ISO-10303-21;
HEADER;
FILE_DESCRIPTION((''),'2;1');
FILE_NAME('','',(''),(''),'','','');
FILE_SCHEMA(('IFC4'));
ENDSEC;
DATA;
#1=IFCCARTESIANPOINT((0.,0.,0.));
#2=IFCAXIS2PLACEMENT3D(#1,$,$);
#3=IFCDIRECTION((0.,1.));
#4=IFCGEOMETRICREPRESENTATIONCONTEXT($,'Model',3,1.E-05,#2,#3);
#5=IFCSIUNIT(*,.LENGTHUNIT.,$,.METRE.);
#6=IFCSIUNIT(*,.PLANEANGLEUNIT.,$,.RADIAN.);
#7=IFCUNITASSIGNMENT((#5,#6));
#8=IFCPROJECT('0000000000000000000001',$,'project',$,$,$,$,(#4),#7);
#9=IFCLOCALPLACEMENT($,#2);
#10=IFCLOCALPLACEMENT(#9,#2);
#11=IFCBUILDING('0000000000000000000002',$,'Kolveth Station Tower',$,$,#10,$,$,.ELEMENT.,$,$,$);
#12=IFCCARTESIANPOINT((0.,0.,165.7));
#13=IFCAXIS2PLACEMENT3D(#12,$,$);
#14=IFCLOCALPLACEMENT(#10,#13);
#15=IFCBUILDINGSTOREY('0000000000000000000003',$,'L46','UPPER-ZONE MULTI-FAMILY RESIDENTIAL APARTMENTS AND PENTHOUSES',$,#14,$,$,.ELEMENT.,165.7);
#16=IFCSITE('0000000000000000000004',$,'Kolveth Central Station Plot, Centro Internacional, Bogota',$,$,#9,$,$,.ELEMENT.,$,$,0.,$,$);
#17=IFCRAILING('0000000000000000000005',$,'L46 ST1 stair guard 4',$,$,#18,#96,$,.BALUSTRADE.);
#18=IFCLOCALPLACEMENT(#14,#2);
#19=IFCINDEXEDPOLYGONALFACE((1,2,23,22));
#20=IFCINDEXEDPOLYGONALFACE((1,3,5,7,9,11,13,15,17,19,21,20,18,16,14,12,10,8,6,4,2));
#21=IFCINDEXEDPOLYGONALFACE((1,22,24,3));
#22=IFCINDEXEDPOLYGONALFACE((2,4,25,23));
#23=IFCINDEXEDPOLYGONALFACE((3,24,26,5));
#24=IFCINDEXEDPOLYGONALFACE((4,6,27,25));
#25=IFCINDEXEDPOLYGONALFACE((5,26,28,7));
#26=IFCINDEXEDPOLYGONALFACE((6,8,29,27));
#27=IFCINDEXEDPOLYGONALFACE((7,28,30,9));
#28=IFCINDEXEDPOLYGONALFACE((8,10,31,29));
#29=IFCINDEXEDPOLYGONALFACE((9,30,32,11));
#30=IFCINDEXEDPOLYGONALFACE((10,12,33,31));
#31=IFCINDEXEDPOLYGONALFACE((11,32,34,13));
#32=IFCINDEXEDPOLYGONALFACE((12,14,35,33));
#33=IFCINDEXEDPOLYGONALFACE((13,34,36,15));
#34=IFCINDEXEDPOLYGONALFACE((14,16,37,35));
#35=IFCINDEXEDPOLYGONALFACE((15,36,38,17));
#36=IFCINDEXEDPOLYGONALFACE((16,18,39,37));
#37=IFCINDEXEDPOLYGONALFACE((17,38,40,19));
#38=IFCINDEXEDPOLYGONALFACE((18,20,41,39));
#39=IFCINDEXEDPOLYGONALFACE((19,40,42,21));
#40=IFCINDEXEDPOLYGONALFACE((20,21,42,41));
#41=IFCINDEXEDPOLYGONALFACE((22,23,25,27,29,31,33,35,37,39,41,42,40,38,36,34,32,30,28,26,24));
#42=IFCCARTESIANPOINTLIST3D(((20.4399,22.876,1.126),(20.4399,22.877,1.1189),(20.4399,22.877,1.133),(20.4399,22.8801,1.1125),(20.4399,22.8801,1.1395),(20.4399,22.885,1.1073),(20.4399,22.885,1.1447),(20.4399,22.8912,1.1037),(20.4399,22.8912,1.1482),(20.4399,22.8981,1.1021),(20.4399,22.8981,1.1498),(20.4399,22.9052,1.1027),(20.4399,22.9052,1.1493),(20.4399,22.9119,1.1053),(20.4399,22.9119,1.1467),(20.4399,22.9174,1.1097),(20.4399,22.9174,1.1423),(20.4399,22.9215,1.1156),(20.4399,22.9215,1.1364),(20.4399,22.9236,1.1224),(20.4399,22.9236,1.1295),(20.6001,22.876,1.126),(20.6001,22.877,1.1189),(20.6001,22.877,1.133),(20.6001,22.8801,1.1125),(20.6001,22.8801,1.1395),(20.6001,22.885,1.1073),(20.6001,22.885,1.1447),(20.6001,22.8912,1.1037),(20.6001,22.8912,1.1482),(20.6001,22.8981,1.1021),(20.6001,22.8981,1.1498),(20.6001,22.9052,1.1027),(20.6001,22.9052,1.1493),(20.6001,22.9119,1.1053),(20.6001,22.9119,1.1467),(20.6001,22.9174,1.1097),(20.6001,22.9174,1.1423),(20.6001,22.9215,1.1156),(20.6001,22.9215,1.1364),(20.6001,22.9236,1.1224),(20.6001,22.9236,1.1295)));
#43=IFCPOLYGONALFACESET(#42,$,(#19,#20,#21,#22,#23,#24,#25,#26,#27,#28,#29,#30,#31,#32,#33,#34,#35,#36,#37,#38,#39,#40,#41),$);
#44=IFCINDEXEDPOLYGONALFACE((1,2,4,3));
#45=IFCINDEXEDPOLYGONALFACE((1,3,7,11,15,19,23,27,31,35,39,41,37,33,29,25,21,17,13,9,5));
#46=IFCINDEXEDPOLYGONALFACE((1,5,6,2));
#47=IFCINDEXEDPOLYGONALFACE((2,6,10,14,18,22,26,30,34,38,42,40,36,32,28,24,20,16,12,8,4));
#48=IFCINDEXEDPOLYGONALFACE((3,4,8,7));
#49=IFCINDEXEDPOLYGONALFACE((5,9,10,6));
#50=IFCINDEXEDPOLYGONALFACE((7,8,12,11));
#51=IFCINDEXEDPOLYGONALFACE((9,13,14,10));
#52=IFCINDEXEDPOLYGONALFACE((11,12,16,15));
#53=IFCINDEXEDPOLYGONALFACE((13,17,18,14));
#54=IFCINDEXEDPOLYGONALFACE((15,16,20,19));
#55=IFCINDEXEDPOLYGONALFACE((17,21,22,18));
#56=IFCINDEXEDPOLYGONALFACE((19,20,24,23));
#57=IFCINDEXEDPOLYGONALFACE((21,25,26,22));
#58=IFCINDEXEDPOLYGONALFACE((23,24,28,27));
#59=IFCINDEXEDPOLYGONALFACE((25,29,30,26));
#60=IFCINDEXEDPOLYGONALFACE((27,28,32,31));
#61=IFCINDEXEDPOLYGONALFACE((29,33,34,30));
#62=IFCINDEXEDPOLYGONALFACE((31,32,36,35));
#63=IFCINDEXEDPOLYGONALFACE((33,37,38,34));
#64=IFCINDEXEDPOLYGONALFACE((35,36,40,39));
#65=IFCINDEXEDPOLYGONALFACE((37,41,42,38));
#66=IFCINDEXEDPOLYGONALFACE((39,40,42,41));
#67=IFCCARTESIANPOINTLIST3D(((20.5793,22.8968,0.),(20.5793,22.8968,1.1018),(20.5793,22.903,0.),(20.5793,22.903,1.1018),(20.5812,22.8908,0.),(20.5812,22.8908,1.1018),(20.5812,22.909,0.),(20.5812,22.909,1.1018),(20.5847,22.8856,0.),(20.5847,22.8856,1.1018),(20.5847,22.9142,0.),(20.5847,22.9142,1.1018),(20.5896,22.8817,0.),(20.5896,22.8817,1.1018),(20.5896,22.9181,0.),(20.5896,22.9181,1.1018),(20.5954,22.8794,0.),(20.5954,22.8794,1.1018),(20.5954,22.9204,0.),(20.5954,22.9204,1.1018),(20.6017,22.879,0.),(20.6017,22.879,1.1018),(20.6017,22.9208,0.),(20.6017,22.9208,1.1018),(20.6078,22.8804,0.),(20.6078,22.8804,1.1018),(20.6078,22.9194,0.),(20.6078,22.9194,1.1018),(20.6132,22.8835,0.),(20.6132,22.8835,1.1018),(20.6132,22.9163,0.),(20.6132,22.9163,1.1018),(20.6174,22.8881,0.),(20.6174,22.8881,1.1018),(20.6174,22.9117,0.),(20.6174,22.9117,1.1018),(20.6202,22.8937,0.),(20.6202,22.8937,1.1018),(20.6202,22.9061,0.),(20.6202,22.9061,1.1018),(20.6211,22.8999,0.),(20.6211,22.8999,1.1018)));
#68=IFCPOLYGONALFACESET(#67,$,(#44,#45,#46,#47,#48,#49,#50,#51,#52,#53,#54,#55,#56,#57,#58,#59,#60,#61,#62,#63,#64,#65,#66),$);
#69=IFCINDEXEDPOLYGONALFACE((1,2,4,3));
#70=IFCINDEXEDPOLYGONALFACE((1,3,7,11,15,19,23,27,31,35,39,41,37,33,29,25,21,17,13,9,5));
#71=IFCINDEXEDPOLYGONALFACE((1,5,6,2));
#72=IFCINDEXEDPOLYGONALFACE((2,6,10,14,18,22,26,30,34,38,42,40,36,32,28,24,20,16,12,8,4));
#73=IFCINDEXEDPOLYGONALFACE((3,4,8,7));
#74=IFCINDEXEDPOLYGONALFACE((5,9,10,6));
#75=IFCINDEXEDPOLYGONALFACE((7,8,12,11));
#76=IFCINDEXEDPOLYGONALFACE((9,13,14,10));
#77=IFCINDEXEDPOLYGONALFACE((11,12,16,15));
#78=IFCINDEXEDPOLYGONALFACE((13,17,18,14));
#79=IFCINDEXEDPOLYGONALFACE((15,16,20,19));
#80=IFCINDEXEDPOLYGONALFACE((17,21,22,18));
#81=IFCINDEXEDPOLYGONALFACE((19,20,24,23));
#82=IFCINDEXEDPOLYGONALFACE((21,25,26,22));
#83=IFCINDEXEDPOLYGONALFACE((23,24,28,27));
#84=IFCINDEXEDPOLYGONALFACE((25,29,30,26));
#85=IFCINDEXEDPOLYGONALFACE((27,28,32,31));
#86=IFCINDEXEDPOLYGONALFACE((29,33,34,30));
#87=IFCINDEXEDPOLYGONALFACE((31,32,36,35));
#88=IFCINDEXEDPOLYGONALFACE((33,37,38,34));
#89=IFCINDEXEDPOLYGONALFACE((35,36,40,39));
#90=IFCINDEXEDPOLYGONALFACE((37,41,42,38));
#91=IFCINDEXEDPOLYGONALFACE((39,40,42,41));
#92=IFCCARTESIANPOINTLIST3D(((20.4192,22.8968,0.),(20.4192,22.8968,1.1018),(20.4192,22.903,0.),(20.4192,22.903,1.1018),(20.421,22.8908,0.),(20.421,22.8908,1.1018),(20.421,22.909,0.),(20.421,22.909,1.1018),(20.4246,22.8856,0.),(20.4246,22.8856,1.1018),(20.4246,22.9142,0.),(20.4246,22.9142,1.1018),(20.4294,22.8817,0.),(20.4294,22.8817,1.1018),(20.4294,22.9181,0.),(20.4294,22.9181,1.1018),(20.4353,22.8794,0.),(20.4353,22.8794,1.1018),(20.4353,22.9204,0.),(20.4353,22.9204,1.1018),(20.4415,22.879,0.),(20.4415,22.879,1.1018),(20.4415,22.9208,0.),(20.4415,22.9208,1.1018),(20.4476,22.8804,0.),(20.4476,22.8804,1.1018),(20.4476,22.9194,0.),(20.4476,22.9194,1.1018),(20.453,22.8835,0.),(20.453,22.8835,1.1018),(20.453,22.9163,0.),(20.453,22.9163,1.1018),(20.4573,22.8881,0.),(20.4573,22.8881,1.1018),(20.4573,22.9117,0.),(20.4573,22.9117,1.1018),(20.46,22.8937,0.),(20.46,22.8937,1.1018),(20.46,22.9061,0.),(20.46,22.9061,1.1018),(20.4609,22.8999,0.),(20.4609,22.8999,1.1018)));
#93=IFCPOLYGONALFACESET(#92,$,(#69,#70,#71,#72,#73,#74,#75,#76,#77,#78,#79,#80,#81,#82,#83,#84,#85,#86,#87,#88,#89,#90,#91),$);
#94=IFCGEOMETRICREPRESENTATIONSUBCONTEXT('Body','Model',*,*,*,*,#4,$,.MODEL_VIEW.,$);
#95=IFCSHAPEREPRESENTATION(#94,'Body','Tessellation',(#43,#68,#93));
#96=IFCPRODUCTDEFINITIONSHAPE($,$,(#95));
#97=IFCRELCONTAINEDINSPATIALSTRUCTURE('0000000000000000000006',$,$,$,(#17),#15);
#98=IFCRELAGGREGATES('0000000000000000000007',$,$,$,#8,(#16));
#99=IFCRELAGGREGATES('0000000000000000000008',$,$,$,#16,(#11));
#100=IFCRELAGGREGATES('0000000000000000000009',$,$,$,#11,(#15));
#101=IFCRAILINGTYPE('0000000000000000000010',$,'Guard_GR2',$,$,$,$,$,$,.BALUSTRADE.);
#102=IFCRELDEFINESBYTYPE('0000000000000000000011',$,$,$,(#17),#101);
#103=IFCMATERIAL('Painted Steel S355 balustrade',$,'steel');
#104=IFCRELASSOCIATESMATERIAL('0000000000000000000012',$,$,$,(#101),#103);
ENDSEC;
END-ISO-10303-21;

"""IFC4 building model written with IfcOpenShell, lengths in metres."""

from ifc_helpers import new_model, si_unit, direction, frame, origin, origin_2d, place, context, subcontext, project, spatial, circle, extrude, material, type_object, element, save


model = new_model("IFC4")

# Units and contexts
model_context = context("Model", 3, precision=1e-05, world=origin(), true_north=direction((0.0, 1.0)))
body_context = subcontext(model_context, "Body", "Model", "MODEL_VIEW")
ifc_project = project(units=[si_unit("LENGTHUNIT", "METRE"), si_unit("PLANEANGLEUNIT", "RADIAN")], contexts=[model_context])

# Site, building, storey
site_placement = place(None, origin())
site = spatial("IfcSite", under=ifc_project, at=site_placement, Name="Kolveth Central Station Plot, Centro Internacional, Bogota", CompositionType="ELEMENT", RefElevation=0.0)
building_placement = place(site_placement, origin())
building = spatial("IfcBuilding", under=site, at=building_placement, Name="Kolveth Station Tower", CompositionType="ELEMENT")
storey_placement = place(building_placement, frame((0.0, 0.0, 165.7)))
storey = spatial("IfcBuildingStorey", under=building, at=storey_placement, Name="L46", Description="UPPER-ZONE MULTI-FAMILY RESIDENTIAL APARTMENTS AND PENTHOUSES", CompositionType="ELEMENT", Elevation=165.7)

# Railing
ifc_material_1 = material(Name="Painted Steel S355 balustrade", Category="steel")
railing_type_1 = type_object("IfcRailingType", Name="Guard_GR2", PredefinedType="BALUSTRADE", material=ifc_material_1)
railing_1_placement = place(storey_placement, frame((20.6001, 22.8999, 0.0)))
element("IfcRailing", 1, at=railing_1_placement, inside=storey, type_object=railing_type_1, Name="L46 ST1 stair guard 4", PredefinedType="BALUSTRADE", context=body_context, shape_type="SweptSolid", body=[
    extrude(circle(Radius=0.0239, at=origin_2d()), frame((0.0, 0.0, 1.126), z_axis=(-1.0, 0.0, 0.0), x_axis=(0.0, -1.0, 0.0)), (0.0, 0.0, 1.0), 0.1602),
    extrude(circle(Radius=0.021, at=origin_2d()), origin(), (0.0, 0.0, 1.0), 1.1018),
    extrude(circle(Radius=0.021, at=origin_2d()), frame((-0.1602, 0.0, 0.0)), (0.0, 0.0, 1.0), 1.1018),
])

save(model, "model.ifc")
